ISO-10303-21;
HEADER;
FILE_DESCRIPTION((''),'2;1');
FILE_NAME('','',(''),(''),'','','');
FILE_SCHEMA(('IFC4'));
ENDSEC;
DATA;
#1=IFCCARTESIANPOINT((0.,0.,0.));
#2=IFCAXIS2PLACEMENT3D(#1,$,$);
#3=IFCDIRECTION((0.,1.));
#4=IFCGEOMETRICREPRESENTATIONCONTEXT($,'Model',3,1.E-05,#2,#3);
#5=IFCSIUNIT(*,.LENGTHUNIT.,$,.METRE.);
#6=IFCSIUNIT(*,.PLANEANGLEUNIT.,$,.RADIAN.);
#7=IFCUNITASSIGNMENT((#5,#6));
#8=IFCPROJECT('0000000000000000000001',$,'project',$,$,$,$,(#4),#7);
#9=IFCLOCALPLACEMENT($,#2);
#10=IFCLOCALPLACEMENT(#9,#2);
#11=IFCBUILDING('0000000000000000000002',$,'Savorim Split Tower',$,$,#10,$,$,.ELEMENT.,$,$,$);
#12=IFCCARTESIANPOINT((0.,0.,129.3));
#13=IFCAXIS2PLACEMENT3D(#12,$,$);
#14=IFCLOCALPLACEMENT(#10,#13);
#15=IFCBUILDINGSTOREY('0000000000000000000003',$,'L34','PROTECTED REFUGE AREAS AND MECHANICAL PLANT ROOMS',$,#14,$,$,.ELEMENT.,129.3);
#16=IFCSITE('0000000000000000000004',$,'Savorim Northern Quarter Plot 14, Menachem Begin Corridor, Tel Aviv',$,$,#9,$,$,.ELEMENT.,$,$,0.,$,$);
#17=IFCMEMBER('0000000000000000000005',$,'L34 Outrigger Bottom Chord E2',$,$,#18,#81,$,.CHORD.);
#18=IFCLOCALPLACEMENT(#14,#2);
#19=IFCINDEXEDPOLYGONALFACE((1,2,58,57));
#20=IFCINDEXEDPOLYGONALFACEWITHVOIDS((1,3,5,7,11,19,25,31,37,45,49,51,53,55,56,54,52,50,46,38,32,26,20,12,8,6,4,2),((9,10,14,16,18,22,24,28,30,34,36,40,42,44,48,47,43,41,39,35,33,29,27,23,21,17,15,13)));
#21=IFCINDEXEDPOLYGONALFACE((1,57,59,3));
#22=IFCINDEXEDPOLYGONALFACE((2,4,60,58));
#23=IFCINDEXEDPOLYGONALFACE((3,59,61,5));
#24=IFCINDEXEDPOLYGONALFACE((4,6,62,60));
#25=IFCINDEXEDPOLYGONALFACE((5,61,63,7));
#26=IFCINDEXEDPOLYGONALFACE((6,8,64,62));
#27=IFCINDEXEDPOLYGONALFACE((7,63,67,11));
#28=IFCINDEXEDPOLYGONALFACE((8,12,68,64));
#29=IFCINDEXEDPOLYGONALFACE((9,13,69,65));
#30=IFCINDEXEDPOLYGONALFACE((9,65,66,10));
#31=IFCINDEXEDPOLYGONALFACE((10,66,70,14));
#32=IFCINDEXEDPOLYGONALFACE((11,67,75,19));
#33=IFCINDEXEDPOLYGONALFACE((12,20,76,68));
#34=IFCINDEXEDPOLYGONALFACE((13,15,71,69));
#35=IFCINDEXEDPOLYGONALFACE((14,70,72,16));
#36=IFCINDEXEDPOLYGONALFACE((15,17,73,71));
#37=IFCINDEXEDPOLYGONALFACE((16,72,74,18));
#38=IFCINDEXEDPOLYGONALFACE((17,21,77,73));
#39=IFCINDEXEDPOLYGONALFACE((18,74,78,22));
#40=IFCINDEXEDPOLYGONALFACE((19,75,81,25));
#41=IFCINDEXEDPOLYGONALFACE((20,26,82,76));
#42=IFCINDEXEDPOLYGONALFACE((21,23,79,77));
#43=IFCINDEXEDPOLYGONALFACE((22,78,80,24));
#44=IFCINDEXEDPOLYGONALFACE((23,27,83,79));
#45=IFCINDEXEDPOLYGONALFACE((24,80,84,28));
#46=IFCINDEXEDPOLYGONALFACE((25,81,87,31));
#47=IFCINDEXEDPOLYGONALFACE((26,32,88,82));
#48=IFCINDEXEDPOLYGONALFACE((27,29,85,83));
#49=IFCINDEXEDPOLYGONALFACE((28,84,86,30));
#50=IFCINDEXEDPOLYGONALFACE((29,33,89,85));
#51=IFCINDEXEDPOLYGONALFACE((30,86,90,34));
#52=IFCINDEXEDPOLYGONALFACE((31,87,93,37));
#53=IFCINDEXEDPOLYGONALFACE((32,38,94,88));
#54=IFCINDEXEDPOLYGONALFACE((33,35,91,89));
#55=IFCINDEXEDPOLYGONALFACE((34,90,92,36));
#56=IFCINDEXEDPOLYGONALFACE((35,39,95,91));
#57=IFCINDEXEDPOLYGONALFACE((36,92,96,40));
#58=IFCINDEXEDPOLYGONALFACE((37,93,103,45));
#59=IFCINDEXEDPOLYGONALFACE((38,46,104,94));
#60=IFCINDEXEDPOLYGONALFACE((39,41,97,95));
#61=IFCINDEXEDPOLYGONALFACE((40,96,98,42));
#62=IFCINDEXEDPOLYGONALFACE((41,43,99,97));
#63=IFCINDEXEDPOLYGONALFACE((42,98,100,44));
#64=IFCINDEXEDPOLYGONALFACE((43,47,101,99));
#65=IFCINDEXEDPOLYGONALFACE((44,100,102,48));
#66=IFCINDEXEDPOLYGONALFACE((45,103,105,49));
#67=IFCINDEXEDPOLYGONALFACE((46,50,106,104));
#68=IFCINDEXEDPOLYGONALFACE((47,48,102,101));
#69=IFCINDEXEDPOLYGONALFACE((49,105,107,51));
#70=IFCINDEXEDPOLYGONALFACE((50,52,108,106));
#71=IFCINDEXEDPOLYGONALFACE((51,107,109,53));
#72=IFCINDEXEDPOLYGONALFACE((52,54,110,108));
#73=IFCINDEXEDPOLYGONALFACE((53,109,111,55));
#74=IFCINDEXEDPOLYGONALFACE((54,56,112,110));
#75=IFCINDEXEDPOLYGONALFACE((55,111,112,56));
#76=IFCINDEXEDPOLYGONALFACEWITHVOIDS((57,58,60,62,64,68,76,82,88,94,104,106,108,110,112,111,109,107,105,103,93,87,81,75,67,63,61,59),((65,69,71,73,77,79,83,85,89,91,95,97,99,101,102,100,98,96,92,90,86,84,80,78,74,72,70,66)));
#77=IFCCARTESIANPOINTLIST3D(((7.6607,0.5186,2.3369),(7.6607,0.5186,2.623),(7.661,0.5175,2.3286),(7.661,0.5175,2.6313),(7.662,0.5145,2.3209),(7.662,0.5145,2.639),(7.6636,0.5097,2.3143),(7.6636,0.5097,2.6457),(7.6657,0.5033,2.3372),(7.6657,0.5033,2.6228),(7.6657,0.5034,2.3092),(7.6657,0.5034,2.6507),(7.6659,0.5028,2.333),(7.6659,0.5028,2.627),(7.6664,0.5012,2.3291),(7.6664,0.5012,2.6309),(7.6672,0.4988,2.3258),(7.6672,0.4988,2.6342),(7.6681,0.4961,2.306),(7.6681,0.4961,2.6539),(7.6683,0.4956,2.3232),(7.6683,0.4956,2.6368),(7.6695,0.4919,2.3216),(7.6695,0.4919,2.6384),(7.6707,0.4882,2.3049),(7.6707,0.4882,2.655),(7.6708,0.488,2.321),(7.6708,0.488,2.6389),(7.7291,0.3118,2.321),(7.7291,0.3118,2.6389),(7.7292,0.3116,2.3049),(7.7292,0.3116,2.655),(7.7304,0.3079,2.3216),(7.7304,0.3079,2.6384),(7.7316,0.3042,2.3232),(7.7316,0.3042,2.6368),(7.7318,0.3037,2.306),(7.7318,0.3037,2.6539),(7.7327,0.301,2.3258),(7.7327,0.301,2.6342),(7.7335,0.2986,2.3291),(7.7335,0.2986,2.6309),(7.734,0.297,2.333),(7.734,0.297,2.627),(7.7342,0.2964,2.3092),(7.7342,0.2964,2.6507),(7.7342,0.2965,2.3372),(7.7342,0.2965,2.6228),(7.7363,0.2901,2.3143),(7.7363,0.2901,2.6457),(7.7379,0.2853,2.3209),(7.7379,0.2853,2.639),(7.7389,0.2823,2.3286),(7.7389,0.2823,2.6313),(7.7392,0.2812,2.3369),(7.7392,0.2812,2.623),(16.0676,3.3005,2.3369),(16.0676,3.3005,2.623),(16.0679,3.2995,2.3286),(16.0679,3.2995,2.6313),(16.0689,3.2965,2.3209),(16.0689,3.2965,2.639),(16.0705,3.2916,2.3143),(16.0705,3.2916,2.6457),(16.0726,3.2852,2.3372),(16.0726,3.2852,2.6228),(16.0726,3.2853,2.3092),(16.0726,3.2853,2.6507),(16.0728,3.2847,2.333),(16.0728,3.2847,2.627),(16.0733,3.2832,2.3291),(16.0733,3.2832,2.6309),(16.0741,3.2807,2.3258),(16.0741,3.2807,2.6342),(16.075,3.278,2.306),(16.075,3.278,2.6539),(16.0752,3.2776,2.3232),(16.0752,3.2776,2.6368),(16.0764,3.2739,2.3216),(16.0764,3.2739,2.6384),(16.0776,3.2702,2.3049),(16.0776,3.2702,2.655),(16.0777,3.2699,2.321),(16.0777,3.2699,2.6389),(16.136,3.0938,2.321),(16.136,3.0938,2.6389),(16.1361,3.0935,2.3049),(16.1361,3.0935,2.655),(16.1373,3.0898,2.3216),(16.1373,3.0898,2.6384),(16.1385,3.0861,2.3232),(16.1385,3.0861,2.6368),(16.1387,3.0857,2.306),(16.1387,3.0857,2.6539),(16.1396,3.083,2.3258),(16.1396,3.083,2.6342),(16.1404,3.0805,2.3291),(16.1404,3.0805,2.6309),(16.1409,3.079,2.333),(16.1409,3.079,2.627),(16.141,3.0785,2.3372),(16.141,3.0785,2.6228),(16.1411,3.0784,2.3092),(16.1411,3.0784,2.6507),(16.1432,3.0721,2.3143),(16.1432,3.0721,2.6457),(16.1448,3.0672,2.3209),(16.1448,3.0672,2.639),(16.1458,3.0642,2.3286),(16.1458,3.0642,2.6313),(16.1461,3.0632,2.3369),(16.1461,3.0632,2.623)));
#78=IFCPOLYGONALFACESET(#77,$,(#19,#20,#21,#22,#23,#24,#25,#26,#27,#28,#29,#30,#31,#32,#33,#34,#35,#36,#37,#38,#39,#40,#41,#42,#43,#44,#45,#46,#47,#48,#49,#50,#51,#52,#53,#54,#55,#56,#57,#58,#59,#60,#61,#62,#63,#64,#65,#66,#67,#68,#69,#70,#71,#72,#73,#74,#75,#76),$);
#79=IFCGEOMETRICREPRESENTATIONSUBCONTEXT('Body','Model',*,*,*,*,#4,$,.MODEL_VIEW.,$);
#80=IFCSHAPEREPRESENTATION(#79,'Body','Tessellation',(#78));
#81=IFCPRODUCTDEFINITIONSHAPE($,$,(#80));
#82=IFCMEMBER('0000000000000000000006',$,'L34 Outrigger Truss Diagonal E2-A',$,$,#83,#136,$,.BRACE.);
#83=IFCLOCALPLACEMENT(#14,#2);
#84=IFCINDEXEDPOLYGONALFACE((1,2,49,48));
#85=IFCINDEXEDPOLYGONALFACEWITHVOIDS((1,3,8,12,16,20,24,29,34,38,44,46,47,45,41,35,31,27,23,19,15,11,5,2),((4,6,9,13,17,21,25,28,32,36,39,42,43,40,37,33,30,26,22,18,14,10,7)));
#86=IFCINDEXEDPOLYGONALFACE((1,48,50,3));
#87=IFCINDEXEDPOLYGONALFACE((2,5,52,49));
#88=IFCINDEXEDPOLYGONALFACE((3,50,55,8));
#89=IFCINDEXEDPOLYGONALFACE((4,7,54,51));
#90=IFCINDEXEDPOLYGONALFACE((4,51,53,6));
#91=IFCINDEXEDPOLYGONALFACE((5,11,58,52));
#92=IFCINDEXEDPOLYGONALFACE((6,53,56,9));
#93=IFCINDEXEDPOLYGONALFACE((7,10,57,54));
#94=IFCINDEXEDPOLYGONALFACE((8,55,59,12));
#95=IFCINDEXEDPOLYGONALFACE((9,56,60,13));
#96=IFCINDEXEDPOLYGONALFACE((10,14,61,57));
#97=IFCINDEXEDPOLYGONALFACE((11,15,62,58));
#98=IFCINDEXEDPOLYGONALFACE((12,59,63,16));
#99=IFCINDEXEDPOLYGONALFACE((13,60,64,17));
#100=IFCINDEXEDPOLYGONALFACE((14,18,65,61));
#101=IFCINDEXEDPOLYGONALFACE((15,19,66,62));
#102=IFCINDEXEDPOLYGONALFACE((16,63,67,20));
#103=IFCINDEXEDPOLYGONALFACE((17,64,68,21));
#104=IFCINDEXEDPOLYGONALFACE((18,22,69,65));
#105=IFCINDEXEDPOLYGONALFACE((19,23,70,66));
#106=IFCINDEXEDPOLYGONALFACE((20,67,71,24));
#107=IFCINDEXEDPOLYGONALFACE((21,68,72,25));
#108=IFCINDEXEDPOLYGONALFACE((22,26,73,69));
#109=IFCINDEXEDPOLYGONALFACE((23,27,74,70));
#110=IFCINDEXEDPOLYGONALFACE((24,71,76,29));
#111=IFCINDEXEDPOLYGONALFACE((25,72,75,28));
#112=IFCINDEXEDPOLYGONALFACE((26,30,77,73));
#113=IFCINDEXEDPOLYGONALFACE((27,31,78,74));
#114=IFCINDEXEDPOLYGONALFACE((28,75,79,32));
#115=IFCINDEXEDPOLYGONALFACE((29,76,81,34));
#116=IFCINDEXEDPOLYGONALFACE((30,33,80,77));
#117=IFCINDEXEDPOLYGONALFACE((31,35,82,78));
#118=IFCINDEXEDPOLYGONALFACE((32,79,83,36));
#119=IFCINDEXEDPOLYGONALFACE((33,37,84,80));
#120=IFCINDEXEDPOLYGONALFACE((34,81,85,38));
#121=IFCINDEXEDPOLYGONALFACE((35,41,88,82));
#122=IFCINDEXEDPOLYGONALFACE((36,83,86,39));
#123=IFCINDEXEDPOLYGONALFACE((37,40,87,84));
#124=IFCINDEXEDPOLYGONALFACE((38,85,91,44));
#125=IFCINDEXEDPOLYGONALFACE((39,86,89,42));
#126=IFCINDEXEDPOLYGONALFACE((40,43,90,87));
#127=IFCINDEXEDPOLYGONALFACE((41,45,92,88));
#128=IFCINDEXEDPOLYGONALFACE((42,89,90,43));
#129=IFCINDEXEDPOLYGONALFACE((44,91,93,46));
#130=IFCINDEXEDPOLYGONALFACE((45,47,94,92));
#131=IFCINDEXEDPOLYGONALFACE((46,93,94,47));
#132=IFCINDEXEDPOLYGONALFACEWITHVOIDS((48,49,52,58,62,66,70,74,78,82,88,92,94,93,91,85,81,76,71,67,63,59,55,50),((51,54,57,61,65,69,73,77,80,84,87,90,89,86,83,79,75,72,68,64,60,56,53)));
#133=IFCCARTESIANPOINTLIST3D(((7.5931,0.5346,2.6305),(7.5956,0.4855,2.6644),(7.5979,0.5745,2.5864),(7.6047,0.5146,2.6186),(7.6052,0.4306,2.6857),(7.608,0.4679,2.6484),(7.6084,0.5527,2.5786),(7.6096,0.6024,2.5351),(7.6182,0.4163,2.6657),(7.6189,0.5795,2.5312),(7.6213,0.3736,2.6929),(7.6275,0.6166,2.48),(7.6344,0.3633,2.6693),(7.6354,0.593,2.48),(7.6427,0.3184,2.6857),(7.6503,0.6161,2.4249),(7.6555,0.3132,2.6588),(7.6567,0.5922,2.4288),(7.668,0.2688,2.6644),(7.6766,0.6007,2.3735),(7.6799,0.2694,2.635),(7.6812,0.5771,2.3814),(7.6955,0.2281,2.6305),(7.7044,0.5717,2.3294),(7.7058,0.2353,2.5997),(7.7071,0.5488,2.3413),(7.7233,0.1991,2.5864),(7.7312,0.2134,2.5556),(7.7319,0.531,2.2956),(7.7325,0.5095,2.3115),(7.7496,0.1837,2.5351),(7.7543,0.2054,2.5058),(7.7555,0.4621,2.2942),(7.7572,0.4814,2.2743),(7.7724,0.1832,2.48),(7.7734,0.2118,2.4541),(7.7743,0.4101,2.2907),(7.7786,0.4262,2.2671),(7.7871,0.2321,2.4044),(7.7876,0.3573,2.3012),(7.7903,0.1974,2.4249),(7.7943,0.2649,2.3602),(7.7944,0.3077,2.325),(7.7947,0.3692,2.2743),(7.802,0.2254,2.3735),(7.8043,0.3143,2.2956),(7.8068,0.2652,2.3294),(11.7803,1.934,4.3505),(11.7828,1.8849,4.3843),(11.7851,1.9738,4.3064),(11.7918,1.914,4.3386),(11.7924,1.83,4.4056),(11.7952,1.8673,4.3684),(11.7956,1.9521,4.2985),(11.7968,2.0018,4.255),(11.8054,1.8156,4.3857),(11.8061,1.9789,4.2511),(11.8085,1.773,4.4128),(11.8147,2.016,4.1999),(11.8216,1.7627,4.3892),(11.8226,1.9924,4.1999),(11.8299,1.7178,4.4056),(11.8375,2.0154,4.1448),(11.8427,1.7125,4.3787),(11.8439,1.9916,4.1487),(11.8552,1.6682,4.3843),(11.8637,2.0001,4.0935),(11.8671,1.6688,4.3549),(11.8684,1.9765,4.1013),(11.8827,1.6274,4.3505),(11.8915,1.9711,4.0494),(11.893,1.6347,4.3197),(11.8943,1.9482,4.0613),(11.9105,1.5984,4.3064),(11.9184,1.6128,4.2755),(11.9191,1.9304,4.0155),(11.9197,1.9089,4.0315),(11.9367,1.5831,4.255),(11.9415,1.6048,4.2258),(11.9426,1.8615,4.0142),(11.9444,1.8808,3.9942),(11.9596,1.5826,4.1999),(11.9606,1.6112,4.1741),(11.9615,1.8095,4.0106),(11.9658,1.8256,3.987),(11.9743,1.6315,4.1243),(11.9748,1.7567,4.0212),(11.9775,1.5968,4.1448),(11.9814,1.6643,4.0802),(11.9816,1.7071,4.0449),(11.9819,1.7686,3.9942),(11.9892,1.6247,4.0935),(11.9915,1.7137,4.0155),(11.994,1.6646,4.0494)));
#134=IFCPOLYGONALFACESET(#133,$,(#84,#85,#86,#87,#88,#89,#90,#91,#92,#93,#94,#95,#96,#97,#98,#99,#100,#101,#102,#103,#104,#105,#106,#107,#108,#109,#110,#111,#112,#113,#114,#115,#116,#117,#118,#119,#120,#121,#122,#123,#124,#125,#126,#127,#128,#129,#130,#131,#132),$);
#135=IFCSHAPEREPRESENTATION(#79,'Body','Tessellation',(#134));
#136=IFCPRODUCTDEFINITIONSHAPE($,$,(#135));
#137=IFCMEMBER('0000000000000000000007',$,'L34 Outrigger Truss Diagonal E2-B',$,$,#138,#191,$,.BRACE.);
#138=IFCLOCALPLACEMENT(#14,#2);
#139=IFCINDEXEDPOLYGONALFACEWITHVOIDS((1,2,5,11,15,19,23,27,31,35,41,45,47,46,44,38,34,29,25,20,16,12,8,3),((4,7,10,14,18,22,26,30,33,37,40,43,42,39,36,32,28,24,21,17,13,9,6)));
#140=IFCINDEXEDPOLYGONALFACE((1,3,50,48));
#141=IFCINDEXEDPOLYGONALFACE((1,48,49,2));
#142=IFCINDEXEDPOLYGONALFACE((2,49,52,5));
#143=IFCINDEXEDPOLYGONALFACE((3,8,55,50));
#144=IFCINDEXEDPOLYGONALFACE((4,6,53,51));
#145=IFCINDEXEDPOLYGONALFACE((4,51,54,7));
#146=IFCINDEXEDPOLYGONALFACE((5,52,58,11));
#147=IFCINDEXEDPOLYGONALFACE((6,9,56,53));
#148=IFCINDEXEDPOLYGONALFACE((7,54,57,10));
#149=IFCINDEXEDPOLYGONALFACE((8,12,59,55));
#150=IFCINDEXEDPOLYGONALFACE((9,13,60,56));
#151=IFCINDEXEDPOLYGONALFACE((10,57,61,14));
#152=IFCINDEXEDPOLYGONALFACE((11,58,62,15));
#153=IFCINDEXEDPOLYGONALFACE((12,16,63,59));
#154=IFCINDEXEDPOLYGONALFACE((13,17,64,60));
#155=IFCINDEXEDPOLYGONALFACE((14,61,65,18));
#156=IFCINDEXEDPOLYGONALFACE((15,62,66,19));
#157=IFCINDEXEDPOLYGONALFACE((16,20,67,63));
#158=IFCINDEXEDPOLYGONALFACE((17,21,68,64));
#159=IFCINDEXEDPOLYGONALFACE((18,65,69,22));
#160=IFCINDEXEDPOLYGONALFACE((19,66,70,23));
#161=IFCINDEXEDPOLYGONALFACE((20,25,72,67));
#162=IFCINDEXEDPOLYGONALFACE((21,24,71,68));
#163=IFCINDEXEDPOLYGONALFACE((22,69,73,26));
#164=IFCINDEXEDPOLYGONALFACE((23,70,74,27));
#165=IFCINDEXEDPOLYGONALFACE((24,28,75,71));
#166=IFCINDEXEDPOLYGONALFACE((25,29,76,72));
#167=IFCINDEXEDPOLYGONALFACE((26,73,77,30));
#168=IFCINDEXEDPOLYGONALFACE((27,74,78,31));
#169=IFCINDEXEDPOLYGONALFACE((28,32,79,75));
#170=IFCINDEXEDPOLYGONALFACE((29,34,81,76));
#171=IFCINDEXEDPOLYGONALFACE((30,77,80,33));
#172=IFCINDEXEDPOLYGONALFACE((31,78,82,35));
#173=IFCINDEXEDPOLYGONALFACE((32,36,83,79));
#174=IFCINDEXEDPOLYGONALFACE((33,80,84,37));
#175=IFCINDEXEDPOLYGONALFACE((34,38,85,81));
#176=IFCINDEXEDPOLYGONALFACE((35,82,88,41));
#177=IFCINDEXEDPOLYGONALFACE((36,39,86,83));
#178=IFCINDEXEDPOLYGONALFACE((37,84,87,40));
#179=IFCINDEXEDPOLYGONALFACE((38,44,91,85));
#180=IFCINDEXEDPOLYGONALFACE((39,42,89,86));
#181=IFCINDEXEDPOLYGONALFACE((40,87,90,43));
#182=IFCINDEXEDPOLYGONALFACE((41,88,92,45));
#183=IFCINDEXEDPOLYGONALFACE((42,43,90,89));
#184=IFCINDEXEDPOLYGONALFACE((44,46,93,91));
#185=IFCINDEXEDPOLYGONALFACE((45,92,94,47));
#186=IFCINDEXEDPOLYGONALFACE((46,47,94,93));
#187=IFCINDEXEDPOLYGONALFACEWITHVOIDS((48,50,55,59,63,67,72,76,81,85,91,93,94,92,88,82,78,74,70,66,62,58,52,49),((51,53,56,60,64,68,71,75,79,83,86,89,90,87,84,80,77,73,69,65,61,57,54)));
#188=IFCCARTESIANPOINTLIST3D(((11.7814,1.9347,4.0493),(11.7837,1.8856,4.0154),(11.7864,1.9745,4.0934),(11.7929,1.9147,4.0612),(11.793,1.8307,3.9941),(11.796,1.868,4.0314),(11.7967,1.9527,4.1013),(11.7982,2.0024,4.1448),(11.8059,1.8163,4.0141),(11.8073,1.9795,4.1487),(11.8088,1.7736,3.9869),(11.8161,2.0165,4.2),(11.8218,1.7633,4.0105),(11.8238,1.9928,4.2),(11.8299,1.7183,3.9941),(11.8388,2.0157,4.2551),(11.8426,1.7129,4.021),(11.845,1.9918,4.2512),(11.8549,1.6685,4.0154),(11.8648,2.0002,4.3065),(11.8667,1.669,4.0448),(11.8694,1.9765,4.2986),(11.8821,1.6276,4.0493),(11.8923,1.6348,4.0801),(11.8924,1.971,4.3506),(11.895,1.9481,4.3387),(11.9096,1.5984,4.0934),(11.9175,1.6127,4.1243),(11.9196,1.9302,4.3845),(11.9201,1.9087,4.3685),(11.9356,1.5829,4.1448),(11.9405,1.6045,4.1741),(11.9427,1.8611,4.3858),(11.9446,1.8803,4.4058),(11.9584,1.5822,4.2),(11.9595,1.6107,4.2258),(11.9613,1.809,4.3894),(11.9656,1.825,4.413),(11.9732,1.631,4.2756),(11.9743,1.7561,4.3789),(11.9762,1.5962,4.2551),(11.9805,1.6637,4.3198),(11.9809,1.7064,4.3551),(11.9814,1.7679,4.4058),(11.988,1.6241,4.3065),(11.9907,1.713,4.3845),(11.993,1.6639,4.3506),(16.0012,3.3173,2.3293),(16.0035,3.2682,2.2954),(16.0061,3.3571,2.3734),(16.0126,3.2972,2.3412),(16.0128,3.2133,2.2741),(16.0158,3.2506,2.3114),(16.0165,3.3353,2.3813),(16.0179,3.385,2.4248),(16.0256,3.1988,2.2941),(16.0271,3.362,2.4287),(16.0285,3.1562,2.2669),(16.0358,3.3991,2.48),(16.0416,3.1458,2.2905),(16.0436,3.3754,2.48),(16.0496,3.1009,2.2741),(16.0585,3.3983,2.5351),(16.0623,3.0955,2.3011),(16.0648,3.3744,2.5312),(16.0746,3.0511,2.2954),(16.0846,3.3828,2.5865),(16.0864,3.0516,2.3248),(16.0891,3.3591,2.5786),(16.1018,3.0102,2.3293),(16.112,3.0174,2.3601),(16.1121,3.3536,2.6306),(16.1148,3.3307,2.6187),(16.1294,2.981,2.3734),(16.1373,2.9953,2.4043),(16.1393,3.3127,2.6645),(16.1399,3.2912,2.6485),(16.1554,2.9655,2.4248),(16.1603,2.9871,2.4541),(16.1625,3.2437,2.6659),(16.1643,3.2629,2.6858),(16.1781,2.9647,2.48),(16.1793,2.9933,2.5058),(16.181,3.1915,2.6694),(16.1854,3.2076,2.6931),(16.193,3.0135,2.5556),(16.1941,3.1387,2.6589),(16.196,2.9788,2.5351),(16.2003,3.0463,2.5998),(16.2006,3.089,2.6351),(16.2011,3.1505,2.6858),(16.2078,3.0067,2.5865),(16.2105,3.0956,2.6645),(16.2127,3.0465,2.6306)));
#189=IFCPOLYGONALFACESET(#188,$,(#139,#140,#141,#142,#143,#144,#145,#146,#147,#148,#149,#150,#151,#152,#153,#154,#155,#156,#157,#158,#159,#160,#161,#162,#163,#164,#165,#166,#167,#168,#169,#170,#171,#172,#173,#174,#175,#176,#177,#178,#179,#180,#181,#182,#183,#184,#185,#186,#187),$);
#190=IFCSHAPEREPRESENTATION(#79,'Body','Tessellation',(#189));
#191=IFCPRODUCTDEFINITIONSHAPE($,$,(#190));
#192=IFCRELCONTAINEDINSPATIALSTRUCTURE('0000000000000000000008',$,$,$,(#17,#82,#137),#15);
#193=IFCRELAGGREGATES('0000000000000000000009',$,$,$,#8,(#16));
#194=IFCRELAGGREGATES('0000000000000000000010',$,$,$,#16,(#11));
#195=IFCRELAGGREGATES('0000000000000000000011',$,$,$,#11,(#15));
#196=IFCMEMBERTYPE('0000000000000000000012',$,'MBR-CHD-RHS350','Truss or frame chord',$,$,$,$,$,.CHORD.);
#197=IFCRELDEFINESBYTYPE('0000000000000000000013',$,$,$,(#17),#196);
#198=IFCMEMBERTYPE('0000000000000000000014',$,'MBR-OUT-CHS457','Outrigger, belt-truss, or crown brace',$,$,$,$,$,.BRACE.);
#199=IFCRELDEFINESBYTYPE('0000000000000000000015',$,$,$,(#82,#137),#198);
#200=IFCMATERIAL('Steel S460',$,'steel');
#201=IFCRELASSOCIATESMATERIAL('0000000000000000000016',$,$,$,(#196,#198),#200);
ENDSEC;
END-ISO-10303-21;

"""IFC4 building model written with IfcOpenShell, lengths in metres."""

from ifc_helpers import new_model, si_unit, direction, frame, origin, origin_2d, place, context, subcontext, project, spatial, hollow_rectangle, hollow_circle, extrude, material, material_profile, profile_set, type_object, element, save


model = new_model("IFC4")

# Units and contexts
model_context = context("Model", 3, precision=1e-05, world=origin(), true_north=direction((0.0, 1.0)))
body_context = subcontext(model_context, "Body", "Model", "MODEL_VIEW")
ifc_project = project(units=[si_unit("LENGTHUNIT", "METRE"), si_unit("PLANEANGLEUNIT", "RADIAN")], contexts=[model_context])

# Site, building, storey
site_placement = place(None, origin())
site = spatial("IfcSite", under=ifc_project, at=site_placement, Name="Savorim Northern Quarter Plot 14, Menachem Begin Corridor, Tel Aviv", CompositionType="ELEMENT", RefElevation=0.0)
building_placement = place(site_placement, origin())
building = spatial("IfcBuilding", under=site, at=building_placement, Name="Savorim Split Tower", CompositionType="ELEMENT")
storey_placement = place(building_placement, frame((0.0, 0.0, 129.3)))
storey = spatial("IfcBuildingStorey", under=building, at=storey_placement, Name="L34", Description="PROTECTED REFUGE AREAS AND MECHANICAL PLANT ROOMS", CompositionType="ELEMENT", Elevation=129.3)

# Shared definitions
ifc_material_1 = material(Name="Steel S460", Category="steel")

# Members
ifc_material_profile_1 = material_profile(ifc_material_1, hollow_rectangle(XDim=0.25, YDim=0.3501, WallThickness=0.0161, InnerFilletRadius=0.0161, OuterFilletRadius=0.032, at=origin_2d()), Name="RHS 350x250x16")
ifc_profile_set_1 = profile_set([ifc_material_profile_1], Name="Steel S460")
member_type_1 = type_object("IfcMemberType", Name="MBR-CHD-RHS350", Description="Truss or frame chord", PredefinedType="CHORD", material=ifc_profile_set_1)
member_1_placement = place(storey_placement, frame((7.7, 0.3999, 2.48), z_axis=(0.94937, 0.314159, 0.0), x_axis=(-0.314159, 0.94937, 0.0)))
element("IfcMember", 1, at=member_1_placement, inside=storey, type_object=member_type_1, Name="L34 Outrigger Bottom Chord E2", PredefinedType="CHORD", context=body_context, shape_type="SweptSolid", body=[
    extrude(hollow_rectangle(XDim=0.25, YDim=0.3501, WallThickness=0.0161, InnerFilletRadius=0.0161, OuterFilletRadius=0.032, at=origin_2d()), origin(), (0.0, 0.0, 1.0), 8.8552),
])
ifc_material_profile_2 = material_profile(ifc_material_1, hollow_circle(Radius=0.2285, WallThickness=0.0249, at=origin_2d()), Name="CHS 457x25")
ifc_profile_set_2 = profile_set([ifc_material_profile_2], Name="Steel S460")
member_type_2 = type_object("IfcMemberType", Name="MBR-OUT-CHS457", Description="Outrigger, belt-truss, or crown brace", PredefinedType="BRACE", material=ifc_profile_set_2)
member_2_placement = place(storey_placement, frame((7.7, 0.3999, 2.48), z_axis=(0.883738, 0.295352, 0.363007), x_axis=(-0.316974, 0.948434, 0.0)))
element("IfcMember", 2, at=member_2_placement, inside=storey, type_object=member_type_2, Name="L34 Outrigger Truss Diagonal E2-A", PredefinedType="BRACE", context=body_context, shape_type="SweptSolid", body=[
    extrude(hollow_circle(Radius=0.2285, WallThickness=0.0249, at=origin_2d()), origin(), (0.0, 0.0, 1.0), 4.738),
])
member_3_placement = place(storey_placement, frame((11.8872, 1.7993, 4.2), z_axis=(0.88614, 0.290338, -0.361193), x_axis=(-0.311358, 0.950293, 0.0)))
element("IfcMember", 3, at=member_3_placement, inside=storey, type_object=member_type_2, Name="L34 Outrigger Truss Diagonal E2-B", PredefinedType="BRACE", context=body_context, shape_type="SweptSolid", body=[
    extrude(hollow_circle(Radius=0.2285, WallThickness=0.0249, at=origin_2d()), origin(), (0.0, 0.0, 1.0), 4.762),
])

save(model, "model.ifc")
